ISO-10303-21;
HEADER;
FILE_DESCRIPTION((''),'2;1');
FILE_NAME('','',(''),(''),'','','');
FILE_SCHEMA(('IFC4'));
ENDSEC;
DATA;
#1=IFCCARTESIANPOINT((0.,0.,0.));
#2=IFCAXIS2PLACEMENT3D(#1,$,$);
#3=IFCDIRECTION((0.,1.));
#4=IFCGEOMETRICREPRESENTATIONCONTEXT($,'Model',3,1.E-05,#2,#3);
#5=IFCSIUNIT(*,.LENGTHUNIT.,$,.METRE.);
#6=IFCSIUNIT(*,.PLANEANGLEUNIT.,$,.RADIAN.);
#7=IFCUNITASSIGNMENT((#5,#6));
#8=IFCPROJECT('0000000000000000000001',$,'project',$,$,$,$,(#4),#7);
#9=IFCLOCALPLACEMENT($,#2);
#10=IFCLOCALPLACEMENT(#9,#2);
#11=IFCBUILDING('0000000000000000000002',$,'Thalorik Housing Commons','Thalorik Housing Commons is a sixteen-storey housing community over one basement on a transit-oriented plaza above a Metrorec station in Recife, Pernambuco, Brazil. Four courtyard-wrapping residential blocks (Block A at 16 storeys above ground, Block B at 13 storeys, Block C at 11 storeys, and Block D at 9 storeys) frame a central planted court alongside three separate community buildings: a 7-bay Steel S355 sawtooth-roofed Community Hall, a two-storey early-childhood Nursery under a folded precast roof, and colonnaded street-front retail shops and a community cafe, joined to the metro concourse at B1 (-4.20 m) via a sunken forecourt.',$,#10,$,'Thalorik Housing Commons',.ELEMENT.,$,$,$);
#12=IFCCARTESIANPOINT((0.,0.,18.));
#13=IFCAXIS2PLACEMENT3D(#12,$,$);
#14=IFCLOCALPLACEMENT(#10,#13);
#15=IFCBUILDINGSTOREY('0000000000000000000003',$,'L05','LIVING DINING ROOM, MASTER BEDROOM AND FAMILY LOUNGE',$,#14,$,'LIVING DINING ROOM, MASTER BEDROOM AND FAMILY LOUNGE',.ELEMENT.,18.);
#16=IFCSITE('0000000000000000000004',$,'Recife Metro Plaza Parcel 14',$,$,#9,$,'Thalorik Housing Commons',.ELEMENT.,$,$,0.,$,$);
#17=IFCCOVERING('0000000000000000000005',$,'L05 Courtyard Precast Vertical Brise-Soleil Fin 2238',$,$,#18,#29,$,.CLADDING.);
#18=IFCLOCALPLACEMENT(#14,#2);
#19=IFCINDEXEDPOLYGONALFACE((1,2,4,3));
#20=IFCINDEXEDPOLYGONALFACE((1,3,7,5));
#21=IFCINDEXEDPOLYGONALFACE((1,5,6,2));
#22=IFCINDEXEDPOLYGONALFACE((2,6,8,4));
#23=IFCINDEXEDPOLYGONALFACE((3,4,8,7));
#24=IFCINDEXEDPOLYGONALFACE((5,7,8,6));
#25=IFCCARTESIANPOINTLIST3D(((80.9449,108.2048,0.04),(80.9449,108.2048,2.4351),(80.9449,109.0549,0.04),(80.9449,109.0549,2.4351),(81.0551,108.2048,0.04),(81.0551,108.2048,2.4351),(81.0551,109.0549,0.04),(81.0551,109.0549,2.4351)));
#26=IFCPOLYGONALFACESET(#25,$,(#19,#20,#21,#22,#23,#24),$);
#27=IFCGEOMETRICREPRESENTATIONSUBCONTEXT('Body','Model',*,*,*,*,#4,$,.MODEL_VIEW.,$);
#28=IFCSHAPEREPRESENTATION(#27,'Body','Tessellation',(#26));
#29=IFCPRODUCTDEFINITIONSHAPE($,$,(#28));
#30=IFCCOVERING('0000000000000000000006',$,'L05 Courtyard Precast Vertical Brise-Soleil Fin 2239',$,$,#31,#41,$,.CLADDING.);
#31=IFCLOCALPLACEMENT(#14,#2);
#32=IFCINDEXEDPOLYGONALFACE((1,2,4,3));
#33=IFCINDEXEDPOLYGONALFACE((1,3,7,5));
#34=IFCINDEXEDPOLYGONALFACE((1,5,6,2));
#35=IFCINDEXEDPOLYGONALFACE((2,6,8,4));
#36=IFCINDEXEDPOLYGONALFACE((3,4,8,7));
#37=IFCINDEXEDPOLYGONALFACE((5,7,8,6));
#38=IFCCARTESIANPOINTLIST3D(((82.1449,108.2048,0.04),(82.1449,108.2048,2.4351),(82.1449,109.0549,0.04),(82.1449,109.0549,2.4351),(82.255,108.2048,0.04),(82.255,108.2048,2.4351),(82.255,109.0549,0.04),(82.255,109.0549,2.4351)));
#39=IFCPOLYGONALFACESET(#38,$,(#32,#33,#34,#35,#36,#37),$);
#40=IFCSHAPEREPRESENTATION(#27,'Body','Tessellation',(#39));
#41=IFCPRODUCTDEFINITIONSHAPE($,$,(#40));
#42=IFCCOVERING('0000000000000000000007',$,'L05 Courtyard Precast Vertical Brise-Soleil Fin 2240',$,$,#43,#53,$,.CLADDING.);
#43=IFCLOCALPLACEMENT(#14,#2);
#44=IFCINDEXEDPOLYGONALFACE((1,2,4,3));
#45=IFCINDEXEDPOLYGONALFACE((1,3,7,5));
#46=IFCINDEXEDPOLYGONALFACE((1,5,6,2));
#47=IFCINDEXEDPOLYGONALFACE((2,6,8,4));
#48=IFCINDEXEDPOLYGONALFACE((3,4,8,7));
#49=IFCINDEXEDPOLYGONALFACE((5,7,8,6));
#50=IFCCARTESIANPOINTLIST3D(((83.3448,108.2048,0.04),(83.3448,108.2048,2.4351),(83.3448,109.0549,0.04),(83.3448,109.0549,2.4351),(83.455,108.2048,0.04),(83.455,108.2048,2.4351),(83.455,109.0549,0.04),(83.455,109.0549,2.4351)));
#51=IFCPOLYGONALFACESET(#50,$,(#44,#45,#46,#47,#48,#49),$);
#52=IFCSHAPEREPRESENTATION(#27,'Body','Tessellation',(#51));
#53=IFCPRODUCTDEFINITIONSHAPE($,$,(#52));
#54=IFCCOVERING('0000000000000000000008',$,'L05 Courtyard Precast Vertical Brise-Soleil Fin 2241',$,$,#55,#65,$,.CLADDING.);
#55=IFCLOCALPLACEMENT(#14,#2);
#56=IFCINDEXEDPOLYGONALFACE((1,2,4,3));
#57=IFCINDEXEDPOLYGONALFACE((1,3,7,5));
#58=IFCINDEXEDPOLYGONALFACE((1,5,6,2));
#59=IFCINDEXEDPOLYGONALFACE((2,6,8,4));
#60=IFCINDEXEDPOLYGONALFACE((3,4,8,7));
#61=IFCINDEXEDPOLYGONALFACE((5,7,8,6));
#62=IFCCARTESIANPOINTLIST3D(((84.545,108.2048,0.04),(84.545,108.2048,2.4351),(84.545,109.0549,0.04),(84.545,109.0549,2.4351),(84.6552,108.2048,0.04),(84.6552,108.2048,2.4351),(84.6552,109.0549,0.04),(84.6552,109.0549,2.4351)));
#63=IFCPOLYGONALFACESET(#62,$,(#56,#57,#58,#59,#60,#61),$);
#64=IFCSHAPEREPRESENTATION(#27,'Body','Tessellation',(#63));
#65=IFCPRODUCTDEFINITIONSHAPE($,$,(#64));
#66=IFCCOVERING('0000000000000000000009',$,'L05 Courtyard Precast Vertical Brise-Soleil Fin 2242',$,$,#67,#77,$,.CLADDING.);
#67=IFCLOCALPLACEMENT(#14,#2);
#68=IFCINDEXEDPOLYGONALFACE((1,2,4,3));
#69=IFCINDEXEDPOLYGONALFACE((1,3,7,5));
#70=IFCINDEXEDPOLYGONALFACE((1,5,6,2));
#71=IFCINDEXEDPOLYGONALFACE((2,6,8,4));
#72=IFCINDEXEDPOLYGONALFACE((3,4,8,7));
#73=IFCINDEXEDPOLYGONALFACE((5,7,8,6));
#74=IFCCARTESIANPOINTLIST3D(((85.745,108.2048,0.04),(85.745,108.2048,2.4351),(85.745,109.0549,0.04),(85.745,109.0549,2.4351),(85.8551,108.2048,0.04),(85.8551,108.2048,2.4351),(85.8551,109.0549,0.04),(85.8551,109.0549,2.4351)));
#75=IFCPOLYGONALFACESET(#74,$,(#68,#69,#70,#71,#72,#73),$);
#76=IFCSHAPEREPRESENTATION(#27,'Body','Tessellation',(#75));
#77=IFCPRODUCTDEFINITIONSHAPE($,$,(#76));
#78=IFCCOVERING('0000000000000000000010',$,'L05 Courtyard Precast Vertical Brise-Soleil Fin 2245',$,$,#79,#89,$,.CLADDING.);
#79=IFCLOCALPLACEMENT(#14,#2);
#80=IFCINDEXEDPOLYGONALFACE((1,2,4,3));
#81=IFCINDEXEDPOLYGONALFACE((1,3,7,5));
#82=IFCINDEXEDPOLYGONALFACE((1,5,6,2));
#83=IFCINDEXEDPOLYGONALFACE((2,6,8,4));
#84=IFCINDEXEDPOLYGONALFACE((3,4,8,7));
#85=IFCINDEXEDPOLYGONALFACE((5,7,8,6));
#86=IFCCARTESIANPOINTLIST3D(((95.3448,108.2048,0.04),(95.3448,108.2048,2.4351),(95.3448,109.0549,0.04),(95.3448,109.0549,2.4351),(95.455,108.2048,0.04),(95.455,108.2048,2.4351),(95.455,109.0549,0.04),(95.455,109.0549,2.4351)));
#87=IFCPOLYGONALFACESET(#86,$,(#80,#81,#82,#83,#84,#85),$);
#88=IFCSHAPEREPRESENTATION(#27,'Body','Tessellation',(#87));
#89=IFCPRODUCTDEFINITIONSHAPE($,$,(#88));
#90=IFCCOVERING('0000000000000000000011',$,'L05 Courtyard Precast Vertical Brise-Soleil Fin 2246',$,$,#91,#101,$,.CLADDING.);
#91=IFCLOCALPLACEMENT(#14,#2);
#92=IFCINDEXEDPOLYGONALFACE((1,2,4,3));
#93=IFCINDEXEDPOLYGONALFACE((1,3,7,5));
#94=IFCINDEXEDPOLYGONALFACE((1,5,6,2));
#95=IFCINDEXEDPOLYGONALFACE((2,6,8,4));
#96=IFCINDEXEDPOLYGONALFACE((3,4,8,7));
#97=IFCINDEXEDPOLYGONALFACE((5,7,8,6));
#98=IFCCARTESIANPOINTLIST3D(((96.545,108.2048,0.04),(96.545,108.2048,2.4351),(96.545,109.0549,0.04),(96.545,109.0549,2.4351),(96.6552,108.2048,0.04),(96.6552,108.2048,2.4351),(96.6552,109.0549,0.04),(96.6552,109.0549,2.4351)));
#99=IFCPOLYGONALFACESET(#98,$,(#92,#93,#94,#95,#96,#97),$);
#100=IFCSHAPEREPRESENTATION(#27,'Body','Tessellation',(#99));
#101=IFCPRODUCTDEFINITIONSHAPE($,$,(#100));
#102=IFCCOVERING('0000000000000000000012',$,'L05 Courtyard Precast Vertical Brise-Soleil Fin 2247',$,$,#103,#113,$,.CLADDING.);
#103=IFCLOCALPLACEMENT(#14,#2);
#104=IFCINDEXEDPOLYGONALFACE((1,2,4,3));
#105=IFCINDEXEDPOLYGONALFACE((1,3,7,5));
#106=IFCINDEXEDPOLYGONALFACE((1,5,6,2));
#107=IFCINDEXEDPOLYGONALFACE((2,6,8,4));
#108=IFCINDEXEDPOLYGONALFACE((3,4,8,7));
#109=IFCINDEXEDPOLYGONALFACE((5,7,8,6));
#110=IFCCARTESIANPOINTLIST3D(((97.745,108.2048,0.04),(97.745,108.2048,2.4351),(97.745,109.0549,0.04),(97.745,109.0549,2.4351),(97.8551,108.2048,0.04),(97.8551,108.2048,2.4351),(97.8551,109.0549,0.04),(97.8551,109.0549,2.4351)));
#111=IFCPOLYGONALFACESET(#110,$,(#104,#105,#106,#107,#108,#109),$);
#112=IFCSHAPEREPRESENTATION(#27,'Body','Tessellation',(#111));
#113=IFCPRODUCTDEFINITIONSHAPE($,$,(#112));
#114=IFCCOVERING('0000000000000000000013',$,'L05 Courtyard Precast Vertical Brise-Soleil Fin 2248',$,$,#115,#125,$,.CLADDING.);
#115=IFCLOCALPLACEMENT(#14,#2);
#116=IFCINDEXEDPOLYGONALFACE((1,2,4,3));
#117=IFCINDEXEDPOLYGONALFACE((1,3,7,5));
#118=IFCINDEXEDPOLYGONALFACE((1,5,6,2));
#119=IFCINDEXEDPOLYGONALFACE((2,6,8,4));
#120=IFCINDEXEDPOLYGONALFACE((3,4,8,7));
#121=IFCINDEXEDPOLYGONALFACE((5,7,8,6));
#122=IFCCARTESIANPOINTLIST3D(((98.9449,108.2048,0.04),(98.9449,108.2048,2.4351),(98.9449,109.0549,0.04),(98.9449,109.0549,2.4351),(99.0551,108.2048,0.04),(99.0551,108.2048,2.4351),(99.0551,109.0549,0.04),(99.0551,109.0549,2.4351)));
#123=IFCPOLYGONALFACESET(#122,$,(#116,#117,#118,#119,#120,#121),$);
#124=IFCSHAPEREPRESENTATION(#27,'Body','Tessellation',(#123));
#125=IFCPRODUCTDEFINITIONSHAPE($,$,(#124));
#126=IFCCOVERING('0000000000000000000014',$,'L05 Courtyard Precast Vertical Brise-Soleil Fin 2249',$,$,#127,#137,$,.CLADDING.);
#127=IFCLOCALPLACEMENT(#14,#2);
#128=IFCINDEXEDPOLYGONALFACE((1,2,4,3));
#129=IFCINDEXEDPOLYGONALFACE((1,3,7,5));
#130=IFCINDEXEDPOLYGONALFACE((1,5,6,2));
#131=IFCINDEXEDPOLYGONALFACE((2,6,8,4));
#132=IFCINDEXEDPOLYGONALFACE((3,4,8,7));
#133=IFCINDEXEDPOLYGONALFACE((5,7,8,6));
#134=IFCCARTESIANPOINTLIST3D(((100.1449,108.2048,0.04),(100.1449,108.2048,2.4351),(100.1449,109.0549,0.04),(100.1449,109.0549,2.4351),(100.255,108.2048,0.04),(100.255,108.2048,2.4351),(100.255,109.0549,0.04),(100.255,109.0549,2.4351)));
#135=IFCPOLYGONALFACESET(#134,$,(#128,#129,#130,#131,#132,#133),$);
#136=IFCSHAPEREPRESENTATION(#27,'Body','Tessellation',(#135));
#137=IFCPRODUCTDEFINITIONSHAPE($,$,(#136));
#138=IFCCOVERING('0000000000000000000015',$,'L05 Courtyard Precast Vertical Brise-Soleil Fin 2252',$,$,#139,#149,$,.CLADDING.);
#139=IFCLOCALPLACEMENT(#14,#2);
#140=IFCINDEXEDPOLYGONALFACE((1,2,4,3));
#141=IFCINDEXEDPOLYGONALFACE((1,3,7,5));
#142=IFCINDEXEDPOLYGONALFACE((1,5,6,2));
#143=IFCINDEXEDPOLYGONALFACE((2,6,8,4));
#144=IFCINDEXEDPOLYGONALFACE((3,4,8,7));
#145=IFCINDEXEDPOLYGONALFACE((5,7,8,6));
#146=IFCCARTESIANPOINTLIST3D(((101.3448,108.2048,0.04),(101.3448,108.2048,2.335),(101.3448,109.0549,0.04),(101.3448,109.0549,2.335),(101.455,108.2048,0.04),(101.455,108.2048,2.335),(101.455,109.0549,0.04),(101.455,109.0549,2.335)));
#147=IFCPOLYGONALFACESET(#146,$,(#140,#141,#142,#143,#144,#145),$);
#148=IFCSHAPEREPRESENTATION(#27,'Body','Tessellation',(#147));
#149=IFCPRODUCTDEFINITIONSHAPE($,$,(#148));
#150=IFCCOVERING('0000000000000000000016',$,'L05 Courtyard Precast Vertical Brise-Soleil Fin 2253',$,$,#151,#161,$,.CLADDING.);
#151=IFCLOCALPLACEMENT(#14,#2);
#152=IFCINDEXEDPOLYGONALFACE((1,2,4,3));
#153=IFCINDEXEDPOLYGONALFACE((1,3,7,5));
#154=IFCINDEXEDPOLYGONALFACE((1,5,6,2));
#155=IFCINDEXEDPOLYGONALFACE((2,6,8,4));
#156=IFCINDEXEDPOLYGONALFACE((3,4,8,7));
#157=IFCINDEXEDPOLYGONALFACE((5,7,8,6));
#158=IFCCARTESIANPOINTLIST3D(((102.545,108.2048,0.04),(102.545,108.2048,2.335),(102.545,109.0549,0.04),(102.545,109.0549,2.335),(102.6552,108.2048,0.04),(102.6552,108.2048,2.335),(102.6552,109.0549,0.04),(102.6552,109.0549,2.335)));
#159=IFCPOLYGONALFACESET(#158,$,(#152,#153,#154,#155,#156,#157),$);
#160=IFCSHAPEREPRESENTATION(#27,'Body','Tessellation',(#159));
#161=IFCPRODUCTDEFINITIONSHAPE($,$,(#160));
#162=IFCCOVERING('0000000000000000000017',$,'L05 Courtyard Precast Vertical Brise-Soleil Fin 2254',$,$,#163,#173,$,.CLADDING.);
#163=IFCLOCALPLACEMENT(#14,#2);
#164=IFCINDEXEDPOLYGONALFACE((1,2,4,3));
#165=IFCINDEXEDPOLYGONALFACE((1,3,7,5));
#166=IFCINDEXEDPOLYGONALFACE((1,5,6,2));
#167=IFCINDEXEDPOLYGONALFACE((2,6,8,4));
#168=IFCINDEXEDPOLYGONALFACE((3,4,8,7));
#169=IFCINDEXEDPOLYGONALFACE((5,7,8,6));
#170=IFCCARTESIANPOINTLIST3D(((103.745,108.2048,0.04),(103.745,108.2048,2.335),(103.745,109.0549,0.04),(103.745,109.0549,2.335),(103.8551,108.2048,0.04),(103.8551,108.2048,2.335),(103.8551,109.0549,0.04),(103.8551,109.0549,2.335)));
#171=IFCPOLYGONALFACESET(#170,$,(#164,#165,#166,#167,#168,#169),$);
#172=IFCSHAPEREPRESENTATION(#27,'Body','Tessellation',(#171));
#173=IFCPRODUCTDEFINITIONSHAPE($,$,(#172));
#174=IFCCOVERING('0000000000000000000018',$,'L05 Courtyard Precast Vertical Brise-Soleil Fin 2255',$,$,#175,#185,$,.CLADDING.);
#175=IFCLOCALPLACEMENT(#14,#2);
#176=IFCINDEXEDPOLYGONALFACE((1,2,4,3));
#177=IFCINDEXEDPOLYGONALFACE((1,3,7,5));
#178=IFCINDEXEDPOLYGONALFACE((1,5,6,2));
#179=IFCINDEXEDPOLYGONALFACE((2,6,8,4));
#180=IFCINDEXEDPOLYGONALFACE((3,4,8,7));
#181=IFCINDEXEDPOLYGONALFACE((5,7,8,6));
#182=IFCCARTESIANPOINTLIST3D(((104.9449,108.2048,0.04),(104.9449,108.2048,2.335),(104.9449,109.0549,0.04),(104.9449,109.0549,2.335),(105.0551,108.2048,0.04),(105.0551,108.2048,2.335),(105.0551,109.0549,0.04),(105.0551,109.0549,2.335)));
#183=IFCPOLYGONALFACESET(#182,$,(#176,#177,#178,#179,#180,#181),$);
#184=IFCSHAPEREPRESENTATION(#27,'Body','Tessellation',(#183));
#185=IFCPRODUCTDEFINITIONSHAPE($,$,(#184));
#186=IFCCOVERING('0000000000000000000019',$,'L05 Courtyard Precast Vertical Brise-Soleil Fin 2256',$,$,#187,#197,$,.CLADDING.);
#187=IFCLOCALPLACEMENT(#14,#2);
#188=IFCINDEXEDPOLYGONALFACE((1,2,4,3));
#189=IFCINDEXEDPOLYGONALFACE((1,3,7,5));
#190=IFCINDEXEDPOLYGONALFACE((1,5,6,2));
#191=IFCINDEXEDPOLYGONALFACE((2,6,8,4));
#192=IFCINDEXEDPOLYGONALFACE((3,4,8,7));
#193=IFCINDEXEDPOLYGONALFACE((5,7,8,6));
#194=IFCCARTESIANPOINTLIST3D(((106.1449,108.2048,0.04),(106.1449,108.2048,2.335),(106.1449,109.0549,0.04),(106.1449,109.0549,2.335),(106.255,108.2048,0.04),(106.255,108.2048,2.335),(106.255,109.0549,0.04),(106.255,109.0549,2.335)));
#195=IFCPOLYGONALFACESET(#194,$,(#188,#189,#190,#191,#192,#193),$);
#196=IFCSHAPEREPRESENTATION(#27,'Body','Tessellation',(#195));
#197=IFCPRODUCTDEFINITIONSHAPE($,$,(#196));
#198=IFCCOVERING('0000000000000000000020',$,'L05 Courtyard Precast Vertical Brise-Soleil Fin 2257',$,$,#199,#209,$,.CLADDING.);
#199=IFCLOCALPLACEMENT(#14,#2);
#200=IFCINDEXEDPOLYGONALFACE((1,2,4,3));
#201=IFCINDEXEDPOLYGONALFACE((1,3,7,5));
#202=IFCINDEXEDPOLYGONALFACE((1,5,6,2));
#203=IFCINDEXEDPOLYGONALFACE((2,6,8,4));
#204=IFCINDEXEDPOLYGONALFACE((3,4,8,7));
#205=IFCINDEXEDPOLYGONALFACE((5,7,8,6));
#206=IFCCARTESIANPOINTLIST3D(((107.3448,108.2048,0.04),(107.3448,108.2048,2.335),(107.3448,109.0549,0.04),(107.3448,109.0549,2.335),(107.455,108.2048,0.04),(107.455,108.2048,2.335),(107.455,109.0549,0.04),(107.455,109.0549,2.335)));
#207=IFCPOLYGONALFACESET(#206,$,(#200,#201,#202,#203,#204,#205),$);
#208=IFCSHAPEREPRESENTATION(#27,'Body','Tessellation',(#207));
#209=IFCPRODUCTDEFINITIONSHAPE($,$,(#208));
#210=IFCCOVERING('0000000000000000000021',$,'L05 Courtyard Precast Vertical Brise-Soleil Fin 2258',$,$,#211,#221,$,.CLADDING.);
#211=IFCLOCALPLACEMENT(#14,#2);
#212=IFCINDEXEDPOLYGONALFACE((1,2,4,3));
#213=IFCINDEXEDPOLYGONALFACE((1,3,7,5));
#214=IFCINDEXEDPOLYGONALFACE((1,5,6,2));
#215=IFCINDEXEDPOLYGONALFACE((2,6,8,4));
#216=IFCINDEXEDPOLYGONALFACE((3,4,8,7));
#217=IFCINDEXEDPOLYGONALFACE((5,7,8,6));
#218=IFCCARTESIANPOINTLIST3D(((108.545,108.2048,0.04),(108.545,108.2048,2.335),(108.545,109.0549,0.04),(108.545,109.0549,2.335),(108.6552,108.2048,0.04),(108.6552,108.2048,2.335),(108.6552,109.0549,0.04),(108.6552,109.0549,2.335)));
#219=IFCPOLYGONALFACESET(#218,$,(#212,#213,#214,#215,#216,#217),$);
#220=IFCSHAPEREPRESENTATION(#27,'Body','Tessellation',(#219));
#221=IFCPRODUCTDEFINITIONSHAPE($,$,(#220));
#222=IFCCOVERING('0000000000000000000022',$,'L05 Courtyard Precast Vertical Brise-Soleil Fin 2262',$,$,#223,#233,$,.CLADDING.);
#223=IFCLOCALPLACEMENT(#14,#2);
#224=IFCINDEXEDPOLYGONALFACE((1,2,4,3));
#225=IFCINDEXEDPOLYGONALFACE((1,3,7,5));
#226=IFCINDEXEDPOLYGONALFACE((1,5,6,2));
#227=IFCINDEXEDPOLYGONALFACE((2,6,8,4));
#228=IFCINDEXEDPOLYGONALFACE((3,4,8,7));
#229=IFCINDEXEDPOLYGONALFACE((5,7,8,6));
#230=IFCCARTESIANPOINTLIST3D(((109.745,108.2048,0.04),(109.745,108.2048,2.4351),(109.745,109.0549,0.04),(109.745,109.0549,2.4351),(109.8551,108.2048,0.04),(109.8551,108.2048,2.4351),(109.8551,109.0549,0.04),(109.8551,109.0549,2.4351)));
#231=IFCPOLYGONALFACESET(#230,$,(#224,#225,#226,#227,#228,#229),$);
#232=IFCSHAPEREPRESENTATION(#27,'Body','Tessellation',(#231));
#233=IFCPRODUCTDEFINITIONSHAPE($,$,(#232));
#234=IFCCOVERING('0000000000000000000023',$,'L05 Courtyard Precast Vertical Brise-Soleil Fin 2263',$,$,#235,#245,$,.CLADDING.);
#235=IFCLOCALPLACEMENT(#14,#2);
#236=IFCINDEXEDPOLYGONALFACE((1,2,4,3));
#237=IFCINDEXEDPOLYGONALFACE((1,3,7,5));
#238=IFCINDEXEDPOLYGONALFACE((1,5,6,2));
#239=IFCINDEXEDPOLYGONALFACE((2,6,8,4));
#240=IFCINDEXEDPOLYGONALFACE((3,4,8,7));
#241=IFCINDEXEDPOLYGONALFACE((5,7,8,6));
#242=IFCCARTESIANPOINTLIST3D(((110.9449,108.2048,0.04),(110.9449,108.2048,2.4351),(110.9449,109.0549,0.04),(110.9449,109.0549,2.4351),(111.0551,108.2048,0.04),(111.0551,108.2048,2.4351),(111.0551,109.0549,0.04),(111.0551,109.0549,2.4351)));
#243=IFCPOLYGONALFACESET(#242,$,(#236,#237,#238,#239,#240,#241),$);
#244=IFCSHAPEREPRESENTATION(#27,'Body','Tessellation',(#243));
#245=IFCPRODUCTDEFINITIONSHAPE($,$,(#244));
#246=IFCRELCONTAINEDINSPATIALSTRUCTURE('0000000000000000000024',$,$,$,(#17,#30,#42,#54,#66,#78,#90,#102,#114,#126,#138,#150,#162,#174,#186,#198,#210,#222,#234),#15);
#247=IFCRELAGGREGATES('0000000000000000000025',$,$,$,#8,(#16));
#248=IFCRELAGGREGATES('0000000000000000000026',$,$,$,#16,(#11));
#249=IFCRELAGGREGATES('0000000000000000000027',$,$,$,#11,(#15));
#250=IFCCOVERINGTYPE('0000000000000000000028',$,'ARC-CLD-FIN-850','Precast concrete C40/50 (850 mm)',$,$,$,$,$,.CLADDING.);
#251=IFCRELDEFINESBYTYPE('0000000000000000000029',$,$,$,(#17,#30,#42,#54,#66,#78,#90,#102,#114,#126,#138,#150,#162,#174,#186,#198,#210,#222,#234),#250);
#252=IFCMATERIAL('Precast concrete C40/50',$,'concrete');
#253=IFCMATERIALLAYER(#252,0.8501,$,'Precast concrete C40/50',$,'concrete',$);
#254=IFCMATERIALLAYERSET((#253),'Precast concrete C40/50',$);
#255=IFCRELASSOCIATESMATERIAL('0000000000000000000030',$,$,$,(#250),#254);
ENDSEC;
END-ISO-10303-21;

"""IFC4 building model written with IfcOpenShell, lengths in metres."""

from ifc_helpers import new_model, si_unit, direction, frame, origin, origin_2d, place, context, subcontext, project, spatial, rectangle, extrude, material, layer, layer_set, type_object, element, save


model = new_model("IFC4")

# Units and contexts
model_context = context("Model", 3, precision=1e-05, world=origin(), true_north=direction((0.0, 1.0)))
body_context = subcontext(model_context, "Body", "Model", "MODEL_VIEW")
ifc_project = project(units=[si_unit("LENGTHUNIT", "METRE"), si_unit("PLANEANGLEUNIT", "RADIAN")], contexts=[model_context])

# Site, building, storey
site_placement = place(None, origin())
site = spatial("IfcSite", under=ifc_project, at=site_placement, Name="Recife Metro Plaza Parcel 14", LongName="Thalorik Housing Commons", CompositionType="ELEMENT", RefElevation=0.0)
building_placement = place(site_placement, origin())
building = spatial("IfcBuilding", under=site, at=building_placement, Name="Thalorik Housing Commons", Description="Thalorik Housing Commons is a sixteen-storey housing community over one basement on a transit-oriented plaza above a Metrorec station in Recife, Pernambuco, Brazil. Four courtyard-wrapping residential blocks (Block A at 16 storeys above ground, Block B at 13 storeys, Block C at 11 storeys, and Block D at 9 storeys) frame a central planted court alongside three separate community buildings: a 7-bay Steel S355 sawtooth-roofed Community Hall, a two-storey early-childhood Nursery under a folded precast roof, and colonnaded street-front retail shops and a community cafe, joined to the metro concourse at B1 (-4.20 m) via a sunken forecourt.", LongName="Thalorik Housing Commons", CompositionType="ELEMENT")
storey_placement = place(building_placement, frame((0.0, 0.0, 18.0)))
storey = spatial("IfcBuildingStorey", under=building, at=storey_placement, Name="L05", Description="LIVING DINING ROOM, MASTER BEDROOM AND FAMILY LOUNGE", LongName="LIVING DINING ROOM, MASTER BEDROOM AND FAMILY LOUNGE", CompositionType="ELEMENT", Elevation=18.0)

# Coverings
ifc_material = material(Name="Precast concrete C40/50", Category="concrete")
ifc_layer_1 = layer(ifc_material, 0.8501, Name="Precast concrete C40/50", Category="concrete")
ifc_layer_set_1 = layer_set([ifc_layer_1], Name="Precast concrete C40/50")
covering_type_1 = type_object("IfcCoveringType", Name="ARC-CLD-FIN-850", Description="Precast concrete C40/50 (850 mm)", PredefinedType="CLADDING", material=ifc_layer_set_1)
for number, where, z_axis, x_axis, name in (
    (1, (81.0, 108.6299, 0.04), (0.0, 0.0, 1.0), (1.0, 0.0, 0.0), "L05 Courtyard Precast Vertical Brise-Soleil Fin 2238"),
    (2, (82.2, 108.6299, 0.04), (0.0, 0.0, 1.0), (1.0, 0.0, 0.0), "L05 Courtyard Precast Vertical Brise-Soleil Fin 2239"),
    (3, (83.3999, 108.6299, 0.04), (0.0, 0.0, 1.0), (1.0, 0.0, 0.0), "L05 Courtyard Precast Vertical Brise-Soleil Fin 2240"),
    (4, (84.6001, 108.6299, 0.04), (0.0, 0.0, 1.0), (1.0, 0.0, 0.0), "L05 Courtyard Precast Vertical Brise-Soleil Fin 2241"),
    (5, (85.8, 108.6299, 0.04), (0.0, 0.0, 1.0), (1.0, 0.0, 0.0), "L05 Courtyard Precast Vertical Brise-Soleil Fin 2242"),
    (6, (95.3999, 108.6299, 0.04), (0.0, 0.0, 1.0), (1.0, 0.0, 0.0), "L05 Courtyard Precast Vertical Brise-Soleil Fin 2245"),
    (7, (96.6001, 108.6299, 0.04), (0.0, 0.0, 1.0), (1.0, 0.0, 0.0), "L05 Courtyard Precast Vertical Brise-Soleil Fin 2246"),
    (8, (97.8, 108.6299, 0.04), (0.0, 0.0, 1.0), (1.0, 0.0, 0.0), "L05 Courtyard Precast Vertical Brise-Soleil Fin 2247"),
    (9, (99.0, 108.6299, 0.04), (0.0, 0.0, 1.0), (1.0, 0.0, 0.0), "L05 Courtyard Precast Vertical Brise-Soleil Fin 2248"),
    (10, (100.2, 108.6299, 0.04), (0.0, 0.0, 1.0), (1.0, 0.0, 0.0), "L05 Courtyard Precast Vertical Brise-Soleil Fin 2249"),
):
    element("IfcCovering", number, at=place(storey_placement, frame(where, z_axis=z_axis, x_axis=x_axis)), inside=storey, type_object=covering_type_1, Name=name, PredefinedType="CLADDING", context=body_context, shape_type="SweptSolid", body=[
        extrude(rectangle(XDim=0.1101, YDim=0.8501, at=origin_2d()), origin(), (0.0, 0.0, 1.0), 2.395),
    ])
for number, where, z_axis, x_axis, name in (
    (11, (101.3999, 108.6299, 0.04), (0.0, 0.0, 1.0), (1.0, 0.0, 0.0), "L05 Courtyard Precast Vertical Brise-Soleil Fin 2252"),
    (12, (102.6001, 108.6299, 0.04), (0.0, 0.0, 1.0), (1.0, 0.0, 0.0), "L05 Courtyard Precast Vertical Brise-Soleil Fin 2253"),
    (13, (103.8, 108.6299, 0.04), (0.0, 0.0, 1.0), (1.0, 0.0, 0.0), "L05 Courtyard Precast Vertical Brise-Soleil Fin 2254"),
    (14, (105.0, 108.6299, 0.04), (0.0, 0.0, 1.0), (1.0, 0.0, 0.0), "L05 Courtyard Precast Vertical Brise-Soleil Fin 2255"),
    (15, (106.2, 108.6299, 0.04), (0.0, 0.0, 1.0), (1.0, 0.0, 0.0), "L05 Courtyard Precast Vertical Brise-Soleil Fin 2256"),
    (16, (107.3999, 108.6299, 0.04), (0.0, 0.0, 1.0), (1.0, 0.0, 0.0), "L05 Courtyard Precast Vertical Brise-Soleil Fin 2257"),
    (17, (108.6001, 108.6299, 0.04), (0.0, 0.0, 1.0), (1.0, 0.0, 0.0), "L05 Courtyard Precast Vertical Brise-Soleil Fin 2258"),
):
    element("IfcCovering", number, at=place(storey_placement, frame(where, z_axis=z_axis, x_axis=x_axis)), inside=storey, type_object=covering_type_1, Name=name, PredefinedType="CLADDING", context=body_context, shape_type="SweptSolid", body=[
        extrude(rectangle(XDim=0.1101, YDim=0.8501, at=origin_2d()), origin(), (0.0, 0.0, 1.0), 2.2949),
    ])
for number, where, z_axis, x_axis, name in (
    (18, (109.8, 108.6299, 0.04), (0.0, 0.0, 1.0), (1.0, 0.0, 0.0), "L05 Courtyard Precast Vertical Brise-Soleil Fin 2262"),
    (19, (111.0, 108.6299, 0.04), (0.0, 0.0, 1.0), (1.0, 0.0, 0.0), "L05 Courtyard Precast Vertical Brise-Soleil Fin 2263"),
):
    element("IfcCovering", number, at=place(storey_placement, frame(where, z_axis=z_axis, x_axis=x_axis)), inside=storey, type_object=covering_type_1, Name=name, PredefinedType="CLADDING", context=body_context, shape_type="SweptSolid", body=[
        extrude(rectangle(XDim=0.1101, YDim=0.8501, at=origin_2d()), origin(), (0.0, 0.0, 1.0), 2.395),
    ])

save(model, "model.ifc")
